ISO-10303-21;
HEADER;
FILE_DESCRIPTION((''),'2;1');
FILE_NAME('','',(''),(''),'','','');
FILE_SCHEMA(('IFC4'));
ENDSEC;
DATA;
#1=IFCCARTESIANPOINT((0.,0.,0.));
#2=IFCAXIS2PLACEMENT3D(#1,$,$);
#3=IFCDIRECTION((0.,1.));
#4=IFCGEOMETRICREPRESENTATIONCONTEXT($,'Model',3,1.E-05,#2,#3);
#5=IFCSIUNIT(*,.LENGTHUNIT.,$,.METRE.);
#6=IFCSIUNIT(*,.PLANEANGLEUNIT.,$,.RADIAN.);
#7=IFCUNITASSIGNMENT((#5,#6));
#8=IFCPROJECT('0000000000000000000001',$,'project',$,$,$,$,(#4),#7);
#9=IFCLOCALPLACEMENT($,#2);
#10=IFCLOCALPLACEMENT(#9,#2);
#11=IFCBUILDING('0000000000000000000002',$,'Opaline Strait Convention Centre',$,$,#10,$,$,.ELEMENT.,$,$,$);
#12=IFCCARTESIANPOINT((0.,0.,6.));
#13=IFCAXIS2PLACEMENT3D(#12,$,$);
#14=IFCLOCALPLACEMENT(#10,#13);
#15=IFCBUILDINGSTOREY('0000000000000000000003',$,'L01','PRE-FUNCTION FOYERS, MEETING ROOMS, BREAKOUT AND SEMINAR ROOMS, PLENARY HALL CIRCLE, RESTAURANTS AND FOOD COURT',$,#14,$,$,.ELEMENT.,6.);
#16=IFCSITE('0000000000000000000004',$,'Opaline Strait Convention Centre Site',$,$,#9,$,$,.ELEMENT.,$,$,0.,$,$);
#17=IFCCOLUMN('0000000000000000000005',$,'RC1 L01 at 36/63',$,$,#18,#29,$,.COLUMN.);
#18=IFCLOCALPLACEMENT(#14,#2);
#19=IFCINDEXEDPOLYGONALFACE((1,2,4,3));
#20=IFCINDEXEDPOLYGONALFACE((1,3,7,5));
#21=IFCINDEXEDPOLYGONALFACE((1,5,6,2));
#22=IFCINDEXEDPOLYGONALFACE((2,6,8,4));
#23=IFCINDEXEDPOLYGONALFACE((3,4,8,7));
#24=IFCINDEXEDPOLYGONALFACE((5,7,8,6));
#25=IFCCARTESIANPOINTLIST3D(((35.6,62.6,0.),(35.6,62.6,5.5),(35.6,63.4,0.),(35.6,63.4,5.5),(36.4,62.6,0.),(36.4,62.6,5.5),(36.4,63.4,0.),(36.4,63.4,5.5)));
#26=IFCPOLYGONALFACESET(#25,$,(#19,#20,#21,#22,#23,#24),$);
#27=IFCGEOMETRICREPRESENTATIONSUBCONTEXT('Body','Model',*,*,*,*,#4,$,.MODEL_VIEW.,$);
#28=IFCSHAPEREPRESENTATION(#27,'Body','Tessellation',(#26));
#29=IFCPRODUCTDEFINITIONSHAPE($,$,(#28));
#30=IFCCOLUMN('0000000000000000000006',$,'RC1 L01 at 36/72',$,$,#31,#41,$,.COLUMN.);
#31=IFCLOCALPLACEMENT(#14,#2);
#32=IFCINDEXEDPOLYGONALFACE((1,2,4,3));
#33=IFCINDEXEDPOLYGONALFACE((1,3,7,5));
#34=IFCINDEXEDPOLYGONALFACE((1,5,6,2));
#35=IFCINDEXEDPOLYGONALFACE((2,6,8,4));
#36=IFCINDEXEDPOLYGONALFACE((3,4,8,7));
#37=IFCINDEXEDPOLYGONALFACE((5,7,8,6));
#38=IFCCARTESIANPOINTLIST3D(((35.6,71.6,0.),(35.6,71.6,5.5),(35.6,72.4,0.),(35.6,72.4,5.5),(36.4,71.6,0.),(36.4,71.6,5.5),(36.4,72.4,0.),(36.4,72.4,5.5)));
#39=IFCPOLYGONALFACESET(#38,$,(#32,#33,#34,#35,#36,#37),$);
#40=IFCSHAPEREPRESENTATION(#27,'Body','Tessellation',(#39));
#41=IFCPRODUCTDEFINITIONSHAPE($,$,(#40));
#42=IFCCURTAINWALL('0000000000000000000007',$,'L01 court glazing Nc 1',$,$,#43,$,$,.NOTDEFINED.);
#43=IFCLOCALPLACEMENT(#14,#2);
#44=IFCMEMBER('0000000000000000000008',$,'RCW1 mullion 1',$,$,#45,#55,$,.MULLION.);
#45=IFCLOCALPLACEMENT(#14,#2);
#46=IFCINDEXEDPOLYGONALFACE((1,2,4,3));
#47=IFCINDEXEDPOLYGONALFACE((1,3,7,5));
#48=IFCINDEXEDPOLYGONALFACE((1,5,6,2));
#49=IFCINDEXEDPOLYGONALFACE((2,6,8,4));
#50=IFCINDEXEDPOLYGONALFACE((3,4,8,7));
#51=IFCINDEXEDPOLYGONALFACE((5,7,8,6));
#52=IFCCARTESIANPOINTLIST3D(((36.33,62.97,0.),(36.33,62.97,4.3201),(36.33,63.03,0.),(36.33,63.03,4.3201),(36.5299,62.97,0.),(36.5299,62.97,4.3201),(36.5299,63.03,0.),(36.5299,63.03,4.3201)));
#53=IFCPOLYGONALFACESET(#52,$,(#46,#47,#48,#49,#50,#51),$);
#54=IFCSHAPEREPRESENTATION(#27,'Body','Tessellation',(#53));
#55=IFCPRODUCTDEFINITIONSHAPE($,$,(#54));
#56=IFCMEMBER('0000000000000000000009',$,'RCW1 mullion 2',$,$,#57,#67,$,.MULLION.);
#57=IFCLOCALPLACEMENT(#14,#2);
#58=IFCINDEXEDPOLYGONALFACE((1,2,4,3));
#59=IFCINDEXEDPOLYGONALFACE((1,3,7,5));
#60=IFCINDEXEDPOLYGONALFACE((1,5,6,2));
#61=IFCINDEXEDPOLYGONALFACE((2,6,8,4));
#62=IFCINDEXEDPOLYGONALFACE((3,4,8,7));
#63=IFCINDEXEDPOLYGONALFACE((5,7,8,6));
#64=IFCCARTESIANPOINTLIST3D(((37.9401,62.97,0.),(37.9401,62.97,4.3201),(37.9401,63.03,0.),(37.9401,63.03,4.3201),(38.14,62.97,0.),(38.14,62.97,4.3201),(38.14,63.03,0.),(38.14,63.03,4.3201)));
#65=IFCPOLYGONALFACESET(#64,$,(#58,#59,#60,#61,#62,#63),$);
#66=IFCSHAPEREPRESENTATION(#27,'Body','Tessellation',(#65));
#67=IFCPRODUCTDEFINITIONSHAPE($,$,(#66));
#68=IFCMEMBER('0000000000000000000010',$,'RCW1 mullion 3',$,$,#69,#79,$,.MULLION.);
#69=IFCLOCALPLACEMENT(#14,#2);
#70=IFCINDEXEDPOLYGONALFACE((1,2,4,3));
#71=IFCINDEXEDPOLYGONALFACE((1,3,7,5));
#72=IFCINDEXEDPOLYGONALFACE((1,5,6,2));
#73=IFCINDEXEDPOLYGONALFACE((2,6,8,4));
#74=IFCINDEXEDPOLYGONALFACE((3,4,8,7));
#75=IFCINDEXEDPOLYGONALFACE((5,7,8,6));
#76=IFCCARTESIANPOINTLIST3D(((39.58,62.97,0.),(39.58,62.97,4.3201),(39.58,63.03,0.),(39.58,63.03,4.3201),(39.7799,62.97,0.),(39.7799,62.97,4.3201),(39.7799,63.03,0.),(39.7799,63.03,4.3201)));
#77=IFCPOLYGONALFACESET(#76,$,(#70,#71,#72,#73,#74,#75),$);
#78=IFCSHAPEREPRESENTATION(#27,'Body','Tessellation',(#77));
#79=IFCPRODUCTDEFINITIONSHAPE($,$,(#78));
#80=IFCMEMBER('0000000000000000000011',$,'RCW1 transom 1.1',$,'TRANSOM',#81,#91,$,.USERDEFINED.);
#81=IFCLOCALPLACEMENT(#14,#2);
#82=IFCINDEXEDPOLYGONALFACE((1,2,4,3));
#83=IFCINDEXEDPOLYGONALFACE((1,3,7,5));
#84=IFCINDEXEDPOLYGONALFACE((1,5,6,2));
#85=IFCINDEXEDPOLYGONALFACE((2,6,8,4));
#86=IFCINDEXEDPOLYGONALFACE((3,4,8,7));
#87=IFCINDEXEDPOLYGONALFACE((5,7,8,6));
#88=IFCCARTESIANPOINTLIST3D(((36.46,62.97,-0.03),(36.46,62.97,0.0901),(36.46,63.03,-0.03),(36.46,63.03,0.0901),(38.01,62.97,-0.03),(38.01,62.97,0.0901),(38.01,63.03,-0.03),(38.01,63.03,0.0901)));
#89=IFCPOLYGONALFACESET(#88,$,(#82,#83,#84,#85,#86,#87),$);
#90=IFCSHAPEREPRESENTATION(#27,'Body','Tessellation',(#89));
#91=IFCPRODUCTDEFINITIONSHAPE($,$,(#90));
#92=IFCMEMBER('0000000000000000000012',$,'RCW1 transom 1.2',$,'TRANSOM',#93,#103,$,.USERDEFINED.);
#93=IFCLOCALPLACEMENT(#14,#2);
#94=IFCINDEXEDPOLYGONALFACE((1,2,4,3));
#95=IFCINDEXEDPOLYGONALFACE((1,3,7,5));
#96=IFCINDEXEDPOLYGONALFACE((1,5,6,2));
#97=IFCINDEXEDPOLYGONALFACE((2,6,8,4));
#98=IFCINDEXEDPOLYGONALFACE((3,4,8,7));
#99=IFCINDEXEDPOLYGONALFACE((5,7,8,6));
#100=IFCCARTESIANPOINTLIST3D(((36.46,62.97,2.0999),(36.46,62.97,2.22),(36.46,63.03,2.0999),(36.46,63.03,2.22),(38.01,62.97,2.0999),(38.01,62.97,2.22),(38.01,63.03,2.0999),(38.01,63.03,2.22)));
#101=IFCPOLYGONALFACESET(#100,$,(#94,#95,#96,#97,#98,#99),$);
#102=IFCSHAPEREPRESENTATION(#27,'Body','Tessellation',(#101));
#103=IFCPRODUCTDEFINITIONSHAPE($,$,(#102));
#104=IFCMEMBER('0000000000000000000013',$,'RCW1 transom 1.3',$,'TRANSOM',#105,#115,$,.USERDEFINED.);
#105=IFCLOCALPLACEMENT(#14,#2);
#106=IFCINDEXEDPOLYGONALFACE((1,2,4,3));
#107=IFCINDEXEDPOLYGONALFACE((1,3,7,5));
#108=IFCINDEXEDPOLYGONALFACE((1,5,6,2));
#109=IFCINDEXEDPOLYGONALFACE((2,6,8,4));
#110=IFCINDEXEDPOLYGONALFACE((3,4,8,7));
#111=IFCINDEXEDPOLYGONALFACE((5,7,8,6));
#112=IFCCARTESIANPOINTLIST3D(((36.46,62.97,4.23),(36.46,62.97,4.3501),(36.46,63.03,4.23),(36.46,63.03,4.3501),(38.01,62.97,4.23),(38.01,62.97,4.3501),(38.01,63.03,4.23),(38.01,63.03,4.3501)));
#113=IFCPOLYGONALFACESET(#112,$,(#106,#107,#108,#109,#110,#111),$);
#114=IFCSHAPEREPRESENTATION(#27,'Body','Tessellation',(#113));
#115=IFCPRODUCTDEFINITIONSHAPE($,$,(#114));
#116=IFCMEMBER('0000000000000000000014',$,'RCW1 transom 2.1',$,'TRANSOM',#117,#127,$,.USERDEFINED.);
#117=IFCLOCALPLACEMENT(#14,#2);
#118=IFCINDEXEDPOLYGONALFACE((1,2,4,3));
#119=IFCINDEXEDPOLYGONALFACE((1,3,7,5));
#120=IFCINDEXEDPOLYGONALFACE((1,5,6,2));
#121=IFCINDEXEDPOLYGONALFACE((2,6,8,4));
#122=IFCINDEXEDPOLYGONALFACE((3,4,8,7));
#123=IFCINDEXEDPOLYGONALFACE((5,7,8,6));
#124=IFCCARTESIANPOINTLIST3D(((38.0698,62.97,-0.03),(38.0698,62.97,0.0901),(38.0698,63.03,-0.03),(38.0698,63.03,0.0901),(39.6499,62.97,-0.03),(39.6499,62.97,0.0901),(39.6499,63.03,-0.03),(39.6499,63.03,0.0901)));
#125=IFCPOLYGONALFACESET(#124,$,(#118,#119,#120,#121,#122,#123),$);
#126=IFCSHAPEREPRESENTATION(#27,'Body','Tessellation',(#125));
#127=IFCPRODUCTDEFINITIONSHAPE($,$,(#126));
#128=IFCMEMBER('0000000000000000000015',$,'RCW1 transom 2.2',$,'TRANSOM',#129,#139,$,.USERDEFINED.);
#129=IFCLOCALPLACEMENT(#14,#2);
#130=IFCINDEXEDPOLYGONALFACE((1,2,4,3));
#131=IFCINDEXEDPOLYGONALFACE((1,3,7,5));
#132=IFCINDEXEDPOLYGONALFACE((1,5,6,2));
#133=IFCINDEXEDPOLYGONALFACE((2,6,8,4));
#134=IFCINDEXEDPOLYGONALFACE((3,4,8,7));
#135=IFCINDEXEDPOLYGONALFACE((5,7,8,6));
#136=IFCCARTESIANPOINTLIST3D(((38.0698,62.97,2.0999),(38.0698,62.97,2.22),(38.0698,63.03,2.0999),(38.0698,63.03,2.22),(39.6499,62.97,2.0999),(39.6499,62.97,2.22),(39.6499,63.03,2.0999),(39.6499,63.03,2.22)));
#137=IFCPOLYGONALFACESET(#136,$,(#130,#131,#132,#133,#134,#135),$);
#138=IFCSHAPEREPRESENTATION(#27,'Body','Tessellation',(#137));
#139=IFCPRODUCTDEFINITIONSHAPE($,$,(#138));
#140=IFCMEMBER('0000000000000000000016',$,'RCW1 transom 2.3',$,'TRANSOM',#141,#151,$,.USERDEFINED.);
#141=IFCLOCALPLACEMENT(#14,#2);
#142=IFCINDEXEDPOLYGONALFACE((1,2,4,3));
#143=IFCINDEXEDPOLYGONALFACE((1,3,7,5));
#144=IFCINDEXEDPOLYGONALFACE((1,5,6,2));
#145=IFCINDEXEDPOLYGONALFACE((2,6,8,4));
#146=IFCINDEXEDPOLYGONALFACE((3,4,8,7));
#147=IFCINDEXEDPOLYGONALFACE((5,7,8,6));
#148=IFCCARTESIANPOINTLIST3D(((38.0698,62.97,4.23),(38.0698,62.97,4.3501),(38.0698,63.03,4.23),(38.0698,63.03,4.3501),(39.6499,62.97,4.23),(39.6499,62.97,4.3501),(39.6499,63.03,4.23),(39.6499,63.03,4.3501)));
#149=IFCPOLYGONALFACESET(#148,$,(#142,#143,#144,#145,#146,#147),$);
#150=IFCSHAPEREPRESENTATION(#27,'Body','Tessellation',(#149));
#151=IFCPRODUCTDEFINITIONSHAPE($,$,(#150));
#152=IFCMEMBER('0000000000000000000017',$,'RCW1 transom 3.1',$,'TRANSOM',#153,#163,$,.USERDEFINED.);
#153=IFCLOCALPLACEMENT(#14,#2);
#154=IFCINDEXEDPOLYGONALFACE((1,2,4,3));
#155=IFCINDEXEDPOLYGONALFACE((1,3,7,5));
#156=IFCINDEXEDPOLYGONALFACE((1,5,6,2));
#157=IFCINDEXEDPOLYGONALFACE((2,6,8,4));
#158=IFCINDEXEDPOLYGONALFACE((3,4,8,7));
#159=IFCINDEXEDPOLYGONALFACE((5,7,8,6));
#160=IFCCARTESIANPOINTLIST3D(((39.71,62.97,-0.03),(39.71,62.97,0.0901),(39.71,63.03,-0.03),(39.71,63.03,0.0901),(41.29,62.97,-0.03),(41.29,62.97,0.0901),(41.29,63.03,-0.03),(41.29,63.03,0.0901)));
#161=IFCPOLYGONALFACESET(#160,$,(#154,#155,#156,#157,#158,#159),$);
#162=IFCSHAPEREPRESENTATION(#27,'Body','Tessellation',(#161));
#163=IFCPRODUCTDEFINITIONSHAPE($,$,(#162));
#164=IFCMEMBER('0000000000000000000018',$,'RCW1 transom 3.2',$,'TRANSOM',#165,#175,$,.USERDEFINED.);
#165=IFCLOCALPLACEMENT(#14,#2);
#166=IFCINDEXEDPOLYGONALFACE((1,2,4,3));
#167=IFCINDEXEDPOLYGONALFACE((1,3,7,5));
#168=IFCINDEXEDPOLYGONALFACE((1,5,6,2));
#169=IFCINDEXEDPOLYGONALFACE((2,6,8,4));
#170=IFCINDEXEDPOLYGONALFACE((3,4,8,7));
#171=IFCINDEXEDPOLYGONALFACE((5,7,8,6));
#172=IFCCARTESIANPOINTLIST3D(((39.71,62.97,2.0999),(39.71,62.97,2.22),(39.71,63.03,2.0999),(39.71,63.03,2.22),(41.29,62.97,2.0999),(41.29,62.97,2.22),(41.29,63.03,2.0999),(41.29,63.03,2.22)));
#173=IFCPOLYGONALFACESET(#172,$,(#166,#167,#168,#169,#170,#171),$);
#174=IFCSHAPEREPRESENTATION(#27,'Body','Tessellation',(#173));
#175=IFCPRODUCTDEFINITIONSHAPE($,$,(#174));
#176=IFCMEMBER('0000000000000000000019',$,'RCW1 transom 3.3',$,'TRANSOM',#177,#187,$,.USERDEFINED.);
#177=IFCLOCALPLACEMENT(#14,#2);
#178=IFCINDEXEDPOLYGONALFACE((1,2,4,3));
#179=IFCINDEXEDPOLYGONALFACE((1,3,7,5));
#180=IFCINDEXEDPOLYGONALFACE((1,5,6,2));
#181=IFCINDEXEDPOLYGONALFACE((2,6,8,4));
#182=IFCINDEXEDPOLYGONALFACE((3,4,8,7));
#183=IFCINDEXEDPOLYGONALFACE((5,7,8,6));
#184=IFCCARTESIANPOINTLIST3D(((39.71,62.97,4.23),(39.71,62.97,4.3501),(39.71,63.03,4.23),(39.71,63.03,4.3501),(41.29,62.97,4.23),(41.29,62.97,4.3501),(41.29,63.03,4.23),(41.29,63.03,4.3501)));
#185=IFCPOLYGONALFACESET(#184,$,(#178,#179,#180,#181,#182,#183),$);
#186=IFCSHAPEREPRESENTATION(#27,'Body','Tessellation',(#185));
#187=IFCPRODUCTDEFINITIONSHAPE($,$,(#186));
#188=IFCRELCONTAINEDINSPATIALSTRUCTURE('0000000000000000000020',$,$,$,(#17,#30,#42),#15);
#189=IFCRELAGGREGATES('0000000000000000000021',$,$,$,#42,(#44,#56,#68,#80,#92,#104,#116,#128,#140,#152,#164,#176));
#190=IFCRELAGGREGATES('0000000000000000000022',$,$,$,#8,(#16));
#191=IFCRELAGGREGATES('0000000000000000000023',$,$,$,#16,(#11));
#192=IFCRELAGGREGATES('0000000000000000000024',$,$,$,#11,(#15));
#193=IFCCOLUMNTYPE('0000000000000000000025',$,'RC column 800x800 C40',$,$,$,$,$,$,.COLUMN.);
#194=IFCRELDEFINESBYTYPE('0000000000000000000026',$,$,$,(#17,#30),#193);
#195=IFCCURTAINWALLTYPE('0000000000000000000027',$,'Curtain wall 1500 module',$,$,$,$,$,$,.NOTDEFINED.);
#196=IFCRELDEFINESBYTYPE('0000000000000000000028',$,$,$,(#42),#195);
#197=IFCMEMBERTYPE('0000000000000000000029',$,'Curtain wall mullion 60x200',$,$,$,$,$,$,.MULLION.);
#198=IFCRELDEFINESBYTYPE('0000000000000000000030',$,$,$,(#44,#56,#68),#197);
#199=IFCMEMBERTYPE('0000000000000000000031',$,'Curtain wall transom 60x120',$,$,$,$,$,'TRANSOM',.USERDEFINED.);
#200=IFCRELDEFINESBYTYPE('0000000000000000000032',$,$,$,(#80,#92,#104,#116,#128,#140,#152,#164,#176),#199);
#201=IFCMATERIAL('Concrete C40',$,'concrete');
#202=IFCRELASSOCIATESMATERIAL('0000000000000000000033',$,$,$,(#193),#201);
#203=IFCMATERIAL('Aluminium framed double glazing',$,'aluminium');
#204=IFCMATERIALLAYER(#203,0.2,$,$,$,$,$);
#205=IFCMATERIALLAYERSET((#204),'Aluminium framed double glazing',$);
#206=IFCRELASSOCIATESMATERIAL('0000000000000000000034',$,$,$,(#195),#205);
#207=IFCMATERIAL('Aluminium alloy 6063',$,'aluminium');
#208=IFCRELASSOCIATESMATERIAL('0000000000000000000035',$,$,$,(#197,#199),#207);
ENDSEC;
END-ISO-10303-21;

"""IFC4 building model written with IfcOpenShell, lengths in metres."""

from ifc_helpers import new_model, si_unit, direction, frame, origin, origin_2d, place, context, subcontext, project, spatial, rectangle, extrude, material, layer, layer_set, material_profile, profile_set, type_object, element, aggregate, save


model = new_model("IFC4")

# Units and contexts
model_context = context("Model", 3, precision=1e-05, world=origin(), true_north=direction((0.0, 1.0)))
body_context = subcontext(model_context, "Body", "Model", "MODEL_VIEW")
ifc_project = project(units=[si_unit("LENGTHUNIT", "METRE"), si_unit("PLANEANGLEUNIT", "RADIAN")], contexts=[model_context])

# Site, building, storey
site_placement = place(None, origin())
site = spatial("IfcSite", under=ifc_project, at=site_placement, Name="Opaline Strait Convention Centre Site", CompositionType="ELEMENT", RefElevation=0.0)
building_placement = place(site_placement, origin())
building = spatial("IfcBuilding", under=site, at=building_placement, Name="Opaline Strait Convention Centre", CompositionType="ELEMENT")
storey_placement = place(building_placement, frame((0.0, 0.0, 6.0)))
storey = spatial("IfcBuildingStorey", under=building, at=storey_placement, Name="L01", Description="PRE-FUNCTION FOYERS, MEETING ROOMS, BREAKOUT AND SEMINAR ROOMS, PLENARY HALL CIRCLE, RESTAURANTS AND FOOD COURT", CompositionType="ELEMENT", Elevation=6.0)

# Columns
ifc_material_1 = material(Name="Concrete C40", Category="concrete")
ifc_material_profile_1 = material_profile(ifc_material_1, rectangle(XDim=0.8, YDim=0.8, at=origin_2d()), Name="RC 800x800")
ifc_profile_set_1 = profile_set([ifc_material_profile_1], Name="Concrete C40")
column_type = type_object("IfcColumnType", Name="RC column 800x800 C40", PredefinedType="COLUMN", material=ifc_profile_set_1)
for number, where, z_axis, x_axis, name in (
    (1, (36.0, 63.0, 0.0), (0.0, 0.0, 1.0), (1.0, 0.0, 0.0), "RC1 L01 at 36/63"),
    (2, (36.0, 72.0, 0.0), (0.0, 0.0, 1.0), (1.0, 0.0, 0.0), "RC1 L01 at 36/72"),
):
    element("IfcColumn", number, at=place(storey_placement, frame(where, z_axis=z_axis, x_axis=x_axis)), inside=storey, type_object=column_type, Name=name, PredefinedType="COLUMN", context=body_context, shape_type="SweptSolid", body=[
        extrude(rectangle(XDim=0.8, YDim=0.8, at=origin_2d()), origin(), (0.0, 0.0, 1.0), 5.5),
    ])

# Curtain wall, members
ifc_material_2 = material(Name="Aluminium framed double glazing", Category="aluminium")
ifc_layer_1 = layer(ifc_material_2, 0.2)
ifc_layer_set_1 = layer_set([ifc_layer_1], Name="Aluminium framed double glazing")
curtain_wall_type = type_object("IfcCurtainWallType", Name="Curtain wall 1500 module", PredefinedType="NOTDEFINED", material=ifc_layer_set_1)
curtain_wall_placement = place(storey_placement, origin())
curtain_wall = element("IfcCurtainWall", 3, at=curtain_wall_placement, inside=storey, type_object=curtain_wall_type, Name="L01 court glazing Nc 1", PredefinedType="NOTDEFINED")
ifc_material_3 = material(Name="Aluminium alloy 6063", Category="aluminium")
ifc_material_profile_2 = material_profile(ifc_material_3, rectangle(XDim=0.0601, YDim=0.2, at=origin_2d()), Name="Curtain wall mullion 60x200")
ifc_profile_set_2 = profile_set([ifc_material_profile_2], Name="Aluminium alloy 6063")
member_type_1 = type_object("IfcMemberType", Name="Curtain wall mullion 60x200", PredefinedType="MULLION", material=ifc_profile_set_2)
member_1_placement = place(storey_placement, frame((36.4299, 63.0, 0.0), z_axis=(0.0, 0.0, 1.0), x_axis=(0.0, 1.0, 0.0)))
member_1 = element("IfcMember", 4, at=member_1_placement, type_object=member_type_1, Name="RCW1 mullion 1", PredefinedType="MULLION", context=body_context, shape_type="SweptSolid", body=[
    extrude(rectangle(XDim=0.0601, YDim=0.2, at=origin_2d()), origin(), (0.0, 0.0, 1.0), 4.3201),
])
member_2_placement = place(storey_placement, frame((38.04, 63.0, 0.0), z_axis=(0.0, 0.0, 1.0), x_axis=(0.0, 1.0, 0.0)))
member_2 = element("IfcMember", 5, at=member_2_placement, type_object=member_type_1, Name="RCW1 mullion 2", PredefinedType="MULLION", context=body_context, shape_type="SweptSolid", body=[
    extrude(rectangle(XDim=0.0601, YDim=0.2, at=origin_2d()), origin(), (0.0, 0.0, 1.0), 4.3201),
])
member_3_placement = place(storey_placement, frame((39.6799, 63.0, 0.0), z_axis=(0.0, 0.0, 1.0), x_axis=(0.0, 1.0, 0.0)))
member_3 = element("IfcMember", 6, at=member_3_placement, type_object=member_type_1, Name="RCW1 mullion 3", PredefinedType="MULLION", context=body_context, shape_type="SweptSolid", body=[
    extrude(rectangle(XDim=0.0601, YDim=0.2, at=origin_2d()), origin(), (0.0, 0.0, 1.0), 4.3201),
])
ifc_material_profile_3 = material_profile(ifc_material_3, rectangle(XDim=0.0601, YDim=0.1201, at=origin_2d()), Name="Curtain wall transom 60x120")
ifc_profile_set_3 = profile_set([ifc_material_profile_3], Name="Aluminium alloy 6063")
member_type_2 = type_object("IfcMemberType", Name="Curtain wall transom 60x120", ElementType="TRANSOM", PredefinedType="USERDEFINED", material=ifc_profile_set_3)
member_4_placement = place(storey_placement, frame((36.46, 63.0, 0.03), z_axis=(1.0, 0.0, 0.0), x_axis=(0.0, 1.0, 0.0)))
member_4 = element("IfcMember", 7, at=member_4_placement, type_object=member_type_2, Name="RCW1 transom 1.1", ObjectType="TRANSOM", PredefinedType="USERDEFINED", context=body_context, shape_type="SweptSolid", body=[
    extrude(rectangle(XDim=0.0601, YDim=0.1201, at=origin_2d()), origin(), (0.0, 0.0, 1.0), 1.55),
])
member_5_placement = place(storey_placement, frame((36.46, 63.0, 2.1599), z_axis=(1.0, 0.0, 0.0), x_axis=(0.0, 1.0, 0.0)))
member_5 = element("IfcMember", 8, at=member_5_placement, type_object=member_type_2, Name="RCW1 transom 1.2", ObjectType="TRANSOM", PredefinedType="USERDEFINED", context=body_context, shape_type="SweptSolid", body=[
    extrude(rectangle(XDim=0.0601, YDim=0.1201, at=origin_2d()), origin(), (0.0, 0.0, 1.0), 1.55),
])
member_6_placement = place(storey_placement, frame((36.46, 63.0, 4.29), z_axis=(1.0, 0.0, 0.0), x_axis=(0.0, 1.0, 0.0)))
member_6 = element("IfcMember", 9, at=member_6_placement, type_object=member_type_2, Name="RCW1 transom 1.3", ObjectType="TRANSOM", PredefinedType="USERDEFINED", context=body_context, shape_type="SweptSolid", body=[
    extrude(rectangle(XDim=0.0601, YDim=0.1201, at=origin_2d()), origin(), (0.0, 0.0, 1.0), 1.55),
])
member_7_placement = place(storey_placement, frame((38.0698, 63.0, 0.03), z_axis=(1.0, 0.0, 0.0), x_axis=(0.0, 1.0, 0.0)))
member_7 = element("IfcMember", 10, at=member_7_placement, type_object=member_type_2, Name="RCW1 transom 2.1", ObjectType="TRANSOM", PredefinedType="USERDEFINED", context=body_context, shape_type="SweptSolid", body=[
    extrude(rectangle(XDim=0.0601, YDim=0.1201, at=origin_2d()), origin(), (0.0, 0.0, 1.0), 1.5801),
])
member_8_placement = place(storey_placement, frame((38.0698, 63.0, 2.1599), z_axis=(1.0, 0.0, 0.0), x_axis=(0.0, 1.0, 0.0)))
member_8 = element("IfcMember", 11, at=member_8_placement, type_object=member_type_2, Name="RCW1 transom 2.2", ObjectType="TRANSOM", PredefinedType="USERDEFINED", context=body_context, shape_type="SweptSolid", body=[
    extrude(rectangle(XDim=0.0601, YDim=0.1201, at=origin_2d()), origin(), (0.0, 0.0, 1.0), 1.5801),
])
member_9_placement = place(storey_placement, frame((38.0698, 63.0, 4.29), z_axis=(1.0, 0.0, 0.0), x_axis=(0.0, 1.0, 0.0)))
member_9 = element("IfcMember", 12, at=member_9_placement, type_object=member_type_2, Name="RCW1 transom 2.3", ObjectType="TRANSOM", PredefinedType="USERDEFINED", context=body_context, shape_type="SweptSolid", body=[
    extrude(rectangle(XDim=0.0601, YDim=0.1201, at=origin_2d()), origin(), (0.0, 0.0, 1.0), 1.5801),
])
member_10_placement = place(storey_placement, frame((39.71, 63.0, 0.03), z_axis=(1.0, 0.0, 0.0), x_axis=(0.0, 1.0, 0.0)))
member_10 = element("IfcMember", 13, at=member_10_placement, type_object=member_type_2, Name="RCW1 transom 3.1", ObjectType="TRANSOM", PredefinedType="USERDEFINED", context=body_context, shape_type="SweptSolid", body=[
    extrude(rectangle(XDim=0.0601, YDim=0.1201, at=origin_2d()), origin(), (0.0, 0.0, 1.0), 1.5801),
])
member_11_placement = place(storey_placement, frame((39.71, 63.0, 2.1599), z_axis=(1.0, 0.0, 0.0), x_axis=(0.0, 1.0, 0.0)))
member_11 = element("IfcMember", 14, at=member_11_placement, type_object=member_type_2, Name="RCW1 transom 3.2", ObjectType="TRANSOM", PredefinedType="USERDEFINED", context=body_context, shape_type="SweptSolid", body=[
    extrude(rectangle(XDim=0.0601, YDim=0.1201, at=origin_2d()), origin(), (0.0, 0.0, 1.0), 1.5801),
])
member_12_placement = place(storey_placement, frame((39.71, 63.0, 4.29), z_axis=(1.0, 0.0, 0.0), x_axis=(0.0, 1.0, 0.0)))
member_12 = element("IfcMember", 15, at=member_12_placement, type_object=member_type_2, Name="RCW1 transom 3.3", ObjectType="TRANSOM", PredefinedType="USERDEFINED", context=body_context, shape_type="SweptSolid", body=[
    extrude(rectangle(XDim=0.0601, YDim=0.1201, at=origin_2d()), origin(), (0.0, 0.0, 1.0), 1.5801),
])

aggregate(curtain_wall, [member_1, member_2, member_3, member_4, member_5, member_6, member_7, member_8, member_9, member_10, member_11, member_12])

save(model, "model.ifc")
